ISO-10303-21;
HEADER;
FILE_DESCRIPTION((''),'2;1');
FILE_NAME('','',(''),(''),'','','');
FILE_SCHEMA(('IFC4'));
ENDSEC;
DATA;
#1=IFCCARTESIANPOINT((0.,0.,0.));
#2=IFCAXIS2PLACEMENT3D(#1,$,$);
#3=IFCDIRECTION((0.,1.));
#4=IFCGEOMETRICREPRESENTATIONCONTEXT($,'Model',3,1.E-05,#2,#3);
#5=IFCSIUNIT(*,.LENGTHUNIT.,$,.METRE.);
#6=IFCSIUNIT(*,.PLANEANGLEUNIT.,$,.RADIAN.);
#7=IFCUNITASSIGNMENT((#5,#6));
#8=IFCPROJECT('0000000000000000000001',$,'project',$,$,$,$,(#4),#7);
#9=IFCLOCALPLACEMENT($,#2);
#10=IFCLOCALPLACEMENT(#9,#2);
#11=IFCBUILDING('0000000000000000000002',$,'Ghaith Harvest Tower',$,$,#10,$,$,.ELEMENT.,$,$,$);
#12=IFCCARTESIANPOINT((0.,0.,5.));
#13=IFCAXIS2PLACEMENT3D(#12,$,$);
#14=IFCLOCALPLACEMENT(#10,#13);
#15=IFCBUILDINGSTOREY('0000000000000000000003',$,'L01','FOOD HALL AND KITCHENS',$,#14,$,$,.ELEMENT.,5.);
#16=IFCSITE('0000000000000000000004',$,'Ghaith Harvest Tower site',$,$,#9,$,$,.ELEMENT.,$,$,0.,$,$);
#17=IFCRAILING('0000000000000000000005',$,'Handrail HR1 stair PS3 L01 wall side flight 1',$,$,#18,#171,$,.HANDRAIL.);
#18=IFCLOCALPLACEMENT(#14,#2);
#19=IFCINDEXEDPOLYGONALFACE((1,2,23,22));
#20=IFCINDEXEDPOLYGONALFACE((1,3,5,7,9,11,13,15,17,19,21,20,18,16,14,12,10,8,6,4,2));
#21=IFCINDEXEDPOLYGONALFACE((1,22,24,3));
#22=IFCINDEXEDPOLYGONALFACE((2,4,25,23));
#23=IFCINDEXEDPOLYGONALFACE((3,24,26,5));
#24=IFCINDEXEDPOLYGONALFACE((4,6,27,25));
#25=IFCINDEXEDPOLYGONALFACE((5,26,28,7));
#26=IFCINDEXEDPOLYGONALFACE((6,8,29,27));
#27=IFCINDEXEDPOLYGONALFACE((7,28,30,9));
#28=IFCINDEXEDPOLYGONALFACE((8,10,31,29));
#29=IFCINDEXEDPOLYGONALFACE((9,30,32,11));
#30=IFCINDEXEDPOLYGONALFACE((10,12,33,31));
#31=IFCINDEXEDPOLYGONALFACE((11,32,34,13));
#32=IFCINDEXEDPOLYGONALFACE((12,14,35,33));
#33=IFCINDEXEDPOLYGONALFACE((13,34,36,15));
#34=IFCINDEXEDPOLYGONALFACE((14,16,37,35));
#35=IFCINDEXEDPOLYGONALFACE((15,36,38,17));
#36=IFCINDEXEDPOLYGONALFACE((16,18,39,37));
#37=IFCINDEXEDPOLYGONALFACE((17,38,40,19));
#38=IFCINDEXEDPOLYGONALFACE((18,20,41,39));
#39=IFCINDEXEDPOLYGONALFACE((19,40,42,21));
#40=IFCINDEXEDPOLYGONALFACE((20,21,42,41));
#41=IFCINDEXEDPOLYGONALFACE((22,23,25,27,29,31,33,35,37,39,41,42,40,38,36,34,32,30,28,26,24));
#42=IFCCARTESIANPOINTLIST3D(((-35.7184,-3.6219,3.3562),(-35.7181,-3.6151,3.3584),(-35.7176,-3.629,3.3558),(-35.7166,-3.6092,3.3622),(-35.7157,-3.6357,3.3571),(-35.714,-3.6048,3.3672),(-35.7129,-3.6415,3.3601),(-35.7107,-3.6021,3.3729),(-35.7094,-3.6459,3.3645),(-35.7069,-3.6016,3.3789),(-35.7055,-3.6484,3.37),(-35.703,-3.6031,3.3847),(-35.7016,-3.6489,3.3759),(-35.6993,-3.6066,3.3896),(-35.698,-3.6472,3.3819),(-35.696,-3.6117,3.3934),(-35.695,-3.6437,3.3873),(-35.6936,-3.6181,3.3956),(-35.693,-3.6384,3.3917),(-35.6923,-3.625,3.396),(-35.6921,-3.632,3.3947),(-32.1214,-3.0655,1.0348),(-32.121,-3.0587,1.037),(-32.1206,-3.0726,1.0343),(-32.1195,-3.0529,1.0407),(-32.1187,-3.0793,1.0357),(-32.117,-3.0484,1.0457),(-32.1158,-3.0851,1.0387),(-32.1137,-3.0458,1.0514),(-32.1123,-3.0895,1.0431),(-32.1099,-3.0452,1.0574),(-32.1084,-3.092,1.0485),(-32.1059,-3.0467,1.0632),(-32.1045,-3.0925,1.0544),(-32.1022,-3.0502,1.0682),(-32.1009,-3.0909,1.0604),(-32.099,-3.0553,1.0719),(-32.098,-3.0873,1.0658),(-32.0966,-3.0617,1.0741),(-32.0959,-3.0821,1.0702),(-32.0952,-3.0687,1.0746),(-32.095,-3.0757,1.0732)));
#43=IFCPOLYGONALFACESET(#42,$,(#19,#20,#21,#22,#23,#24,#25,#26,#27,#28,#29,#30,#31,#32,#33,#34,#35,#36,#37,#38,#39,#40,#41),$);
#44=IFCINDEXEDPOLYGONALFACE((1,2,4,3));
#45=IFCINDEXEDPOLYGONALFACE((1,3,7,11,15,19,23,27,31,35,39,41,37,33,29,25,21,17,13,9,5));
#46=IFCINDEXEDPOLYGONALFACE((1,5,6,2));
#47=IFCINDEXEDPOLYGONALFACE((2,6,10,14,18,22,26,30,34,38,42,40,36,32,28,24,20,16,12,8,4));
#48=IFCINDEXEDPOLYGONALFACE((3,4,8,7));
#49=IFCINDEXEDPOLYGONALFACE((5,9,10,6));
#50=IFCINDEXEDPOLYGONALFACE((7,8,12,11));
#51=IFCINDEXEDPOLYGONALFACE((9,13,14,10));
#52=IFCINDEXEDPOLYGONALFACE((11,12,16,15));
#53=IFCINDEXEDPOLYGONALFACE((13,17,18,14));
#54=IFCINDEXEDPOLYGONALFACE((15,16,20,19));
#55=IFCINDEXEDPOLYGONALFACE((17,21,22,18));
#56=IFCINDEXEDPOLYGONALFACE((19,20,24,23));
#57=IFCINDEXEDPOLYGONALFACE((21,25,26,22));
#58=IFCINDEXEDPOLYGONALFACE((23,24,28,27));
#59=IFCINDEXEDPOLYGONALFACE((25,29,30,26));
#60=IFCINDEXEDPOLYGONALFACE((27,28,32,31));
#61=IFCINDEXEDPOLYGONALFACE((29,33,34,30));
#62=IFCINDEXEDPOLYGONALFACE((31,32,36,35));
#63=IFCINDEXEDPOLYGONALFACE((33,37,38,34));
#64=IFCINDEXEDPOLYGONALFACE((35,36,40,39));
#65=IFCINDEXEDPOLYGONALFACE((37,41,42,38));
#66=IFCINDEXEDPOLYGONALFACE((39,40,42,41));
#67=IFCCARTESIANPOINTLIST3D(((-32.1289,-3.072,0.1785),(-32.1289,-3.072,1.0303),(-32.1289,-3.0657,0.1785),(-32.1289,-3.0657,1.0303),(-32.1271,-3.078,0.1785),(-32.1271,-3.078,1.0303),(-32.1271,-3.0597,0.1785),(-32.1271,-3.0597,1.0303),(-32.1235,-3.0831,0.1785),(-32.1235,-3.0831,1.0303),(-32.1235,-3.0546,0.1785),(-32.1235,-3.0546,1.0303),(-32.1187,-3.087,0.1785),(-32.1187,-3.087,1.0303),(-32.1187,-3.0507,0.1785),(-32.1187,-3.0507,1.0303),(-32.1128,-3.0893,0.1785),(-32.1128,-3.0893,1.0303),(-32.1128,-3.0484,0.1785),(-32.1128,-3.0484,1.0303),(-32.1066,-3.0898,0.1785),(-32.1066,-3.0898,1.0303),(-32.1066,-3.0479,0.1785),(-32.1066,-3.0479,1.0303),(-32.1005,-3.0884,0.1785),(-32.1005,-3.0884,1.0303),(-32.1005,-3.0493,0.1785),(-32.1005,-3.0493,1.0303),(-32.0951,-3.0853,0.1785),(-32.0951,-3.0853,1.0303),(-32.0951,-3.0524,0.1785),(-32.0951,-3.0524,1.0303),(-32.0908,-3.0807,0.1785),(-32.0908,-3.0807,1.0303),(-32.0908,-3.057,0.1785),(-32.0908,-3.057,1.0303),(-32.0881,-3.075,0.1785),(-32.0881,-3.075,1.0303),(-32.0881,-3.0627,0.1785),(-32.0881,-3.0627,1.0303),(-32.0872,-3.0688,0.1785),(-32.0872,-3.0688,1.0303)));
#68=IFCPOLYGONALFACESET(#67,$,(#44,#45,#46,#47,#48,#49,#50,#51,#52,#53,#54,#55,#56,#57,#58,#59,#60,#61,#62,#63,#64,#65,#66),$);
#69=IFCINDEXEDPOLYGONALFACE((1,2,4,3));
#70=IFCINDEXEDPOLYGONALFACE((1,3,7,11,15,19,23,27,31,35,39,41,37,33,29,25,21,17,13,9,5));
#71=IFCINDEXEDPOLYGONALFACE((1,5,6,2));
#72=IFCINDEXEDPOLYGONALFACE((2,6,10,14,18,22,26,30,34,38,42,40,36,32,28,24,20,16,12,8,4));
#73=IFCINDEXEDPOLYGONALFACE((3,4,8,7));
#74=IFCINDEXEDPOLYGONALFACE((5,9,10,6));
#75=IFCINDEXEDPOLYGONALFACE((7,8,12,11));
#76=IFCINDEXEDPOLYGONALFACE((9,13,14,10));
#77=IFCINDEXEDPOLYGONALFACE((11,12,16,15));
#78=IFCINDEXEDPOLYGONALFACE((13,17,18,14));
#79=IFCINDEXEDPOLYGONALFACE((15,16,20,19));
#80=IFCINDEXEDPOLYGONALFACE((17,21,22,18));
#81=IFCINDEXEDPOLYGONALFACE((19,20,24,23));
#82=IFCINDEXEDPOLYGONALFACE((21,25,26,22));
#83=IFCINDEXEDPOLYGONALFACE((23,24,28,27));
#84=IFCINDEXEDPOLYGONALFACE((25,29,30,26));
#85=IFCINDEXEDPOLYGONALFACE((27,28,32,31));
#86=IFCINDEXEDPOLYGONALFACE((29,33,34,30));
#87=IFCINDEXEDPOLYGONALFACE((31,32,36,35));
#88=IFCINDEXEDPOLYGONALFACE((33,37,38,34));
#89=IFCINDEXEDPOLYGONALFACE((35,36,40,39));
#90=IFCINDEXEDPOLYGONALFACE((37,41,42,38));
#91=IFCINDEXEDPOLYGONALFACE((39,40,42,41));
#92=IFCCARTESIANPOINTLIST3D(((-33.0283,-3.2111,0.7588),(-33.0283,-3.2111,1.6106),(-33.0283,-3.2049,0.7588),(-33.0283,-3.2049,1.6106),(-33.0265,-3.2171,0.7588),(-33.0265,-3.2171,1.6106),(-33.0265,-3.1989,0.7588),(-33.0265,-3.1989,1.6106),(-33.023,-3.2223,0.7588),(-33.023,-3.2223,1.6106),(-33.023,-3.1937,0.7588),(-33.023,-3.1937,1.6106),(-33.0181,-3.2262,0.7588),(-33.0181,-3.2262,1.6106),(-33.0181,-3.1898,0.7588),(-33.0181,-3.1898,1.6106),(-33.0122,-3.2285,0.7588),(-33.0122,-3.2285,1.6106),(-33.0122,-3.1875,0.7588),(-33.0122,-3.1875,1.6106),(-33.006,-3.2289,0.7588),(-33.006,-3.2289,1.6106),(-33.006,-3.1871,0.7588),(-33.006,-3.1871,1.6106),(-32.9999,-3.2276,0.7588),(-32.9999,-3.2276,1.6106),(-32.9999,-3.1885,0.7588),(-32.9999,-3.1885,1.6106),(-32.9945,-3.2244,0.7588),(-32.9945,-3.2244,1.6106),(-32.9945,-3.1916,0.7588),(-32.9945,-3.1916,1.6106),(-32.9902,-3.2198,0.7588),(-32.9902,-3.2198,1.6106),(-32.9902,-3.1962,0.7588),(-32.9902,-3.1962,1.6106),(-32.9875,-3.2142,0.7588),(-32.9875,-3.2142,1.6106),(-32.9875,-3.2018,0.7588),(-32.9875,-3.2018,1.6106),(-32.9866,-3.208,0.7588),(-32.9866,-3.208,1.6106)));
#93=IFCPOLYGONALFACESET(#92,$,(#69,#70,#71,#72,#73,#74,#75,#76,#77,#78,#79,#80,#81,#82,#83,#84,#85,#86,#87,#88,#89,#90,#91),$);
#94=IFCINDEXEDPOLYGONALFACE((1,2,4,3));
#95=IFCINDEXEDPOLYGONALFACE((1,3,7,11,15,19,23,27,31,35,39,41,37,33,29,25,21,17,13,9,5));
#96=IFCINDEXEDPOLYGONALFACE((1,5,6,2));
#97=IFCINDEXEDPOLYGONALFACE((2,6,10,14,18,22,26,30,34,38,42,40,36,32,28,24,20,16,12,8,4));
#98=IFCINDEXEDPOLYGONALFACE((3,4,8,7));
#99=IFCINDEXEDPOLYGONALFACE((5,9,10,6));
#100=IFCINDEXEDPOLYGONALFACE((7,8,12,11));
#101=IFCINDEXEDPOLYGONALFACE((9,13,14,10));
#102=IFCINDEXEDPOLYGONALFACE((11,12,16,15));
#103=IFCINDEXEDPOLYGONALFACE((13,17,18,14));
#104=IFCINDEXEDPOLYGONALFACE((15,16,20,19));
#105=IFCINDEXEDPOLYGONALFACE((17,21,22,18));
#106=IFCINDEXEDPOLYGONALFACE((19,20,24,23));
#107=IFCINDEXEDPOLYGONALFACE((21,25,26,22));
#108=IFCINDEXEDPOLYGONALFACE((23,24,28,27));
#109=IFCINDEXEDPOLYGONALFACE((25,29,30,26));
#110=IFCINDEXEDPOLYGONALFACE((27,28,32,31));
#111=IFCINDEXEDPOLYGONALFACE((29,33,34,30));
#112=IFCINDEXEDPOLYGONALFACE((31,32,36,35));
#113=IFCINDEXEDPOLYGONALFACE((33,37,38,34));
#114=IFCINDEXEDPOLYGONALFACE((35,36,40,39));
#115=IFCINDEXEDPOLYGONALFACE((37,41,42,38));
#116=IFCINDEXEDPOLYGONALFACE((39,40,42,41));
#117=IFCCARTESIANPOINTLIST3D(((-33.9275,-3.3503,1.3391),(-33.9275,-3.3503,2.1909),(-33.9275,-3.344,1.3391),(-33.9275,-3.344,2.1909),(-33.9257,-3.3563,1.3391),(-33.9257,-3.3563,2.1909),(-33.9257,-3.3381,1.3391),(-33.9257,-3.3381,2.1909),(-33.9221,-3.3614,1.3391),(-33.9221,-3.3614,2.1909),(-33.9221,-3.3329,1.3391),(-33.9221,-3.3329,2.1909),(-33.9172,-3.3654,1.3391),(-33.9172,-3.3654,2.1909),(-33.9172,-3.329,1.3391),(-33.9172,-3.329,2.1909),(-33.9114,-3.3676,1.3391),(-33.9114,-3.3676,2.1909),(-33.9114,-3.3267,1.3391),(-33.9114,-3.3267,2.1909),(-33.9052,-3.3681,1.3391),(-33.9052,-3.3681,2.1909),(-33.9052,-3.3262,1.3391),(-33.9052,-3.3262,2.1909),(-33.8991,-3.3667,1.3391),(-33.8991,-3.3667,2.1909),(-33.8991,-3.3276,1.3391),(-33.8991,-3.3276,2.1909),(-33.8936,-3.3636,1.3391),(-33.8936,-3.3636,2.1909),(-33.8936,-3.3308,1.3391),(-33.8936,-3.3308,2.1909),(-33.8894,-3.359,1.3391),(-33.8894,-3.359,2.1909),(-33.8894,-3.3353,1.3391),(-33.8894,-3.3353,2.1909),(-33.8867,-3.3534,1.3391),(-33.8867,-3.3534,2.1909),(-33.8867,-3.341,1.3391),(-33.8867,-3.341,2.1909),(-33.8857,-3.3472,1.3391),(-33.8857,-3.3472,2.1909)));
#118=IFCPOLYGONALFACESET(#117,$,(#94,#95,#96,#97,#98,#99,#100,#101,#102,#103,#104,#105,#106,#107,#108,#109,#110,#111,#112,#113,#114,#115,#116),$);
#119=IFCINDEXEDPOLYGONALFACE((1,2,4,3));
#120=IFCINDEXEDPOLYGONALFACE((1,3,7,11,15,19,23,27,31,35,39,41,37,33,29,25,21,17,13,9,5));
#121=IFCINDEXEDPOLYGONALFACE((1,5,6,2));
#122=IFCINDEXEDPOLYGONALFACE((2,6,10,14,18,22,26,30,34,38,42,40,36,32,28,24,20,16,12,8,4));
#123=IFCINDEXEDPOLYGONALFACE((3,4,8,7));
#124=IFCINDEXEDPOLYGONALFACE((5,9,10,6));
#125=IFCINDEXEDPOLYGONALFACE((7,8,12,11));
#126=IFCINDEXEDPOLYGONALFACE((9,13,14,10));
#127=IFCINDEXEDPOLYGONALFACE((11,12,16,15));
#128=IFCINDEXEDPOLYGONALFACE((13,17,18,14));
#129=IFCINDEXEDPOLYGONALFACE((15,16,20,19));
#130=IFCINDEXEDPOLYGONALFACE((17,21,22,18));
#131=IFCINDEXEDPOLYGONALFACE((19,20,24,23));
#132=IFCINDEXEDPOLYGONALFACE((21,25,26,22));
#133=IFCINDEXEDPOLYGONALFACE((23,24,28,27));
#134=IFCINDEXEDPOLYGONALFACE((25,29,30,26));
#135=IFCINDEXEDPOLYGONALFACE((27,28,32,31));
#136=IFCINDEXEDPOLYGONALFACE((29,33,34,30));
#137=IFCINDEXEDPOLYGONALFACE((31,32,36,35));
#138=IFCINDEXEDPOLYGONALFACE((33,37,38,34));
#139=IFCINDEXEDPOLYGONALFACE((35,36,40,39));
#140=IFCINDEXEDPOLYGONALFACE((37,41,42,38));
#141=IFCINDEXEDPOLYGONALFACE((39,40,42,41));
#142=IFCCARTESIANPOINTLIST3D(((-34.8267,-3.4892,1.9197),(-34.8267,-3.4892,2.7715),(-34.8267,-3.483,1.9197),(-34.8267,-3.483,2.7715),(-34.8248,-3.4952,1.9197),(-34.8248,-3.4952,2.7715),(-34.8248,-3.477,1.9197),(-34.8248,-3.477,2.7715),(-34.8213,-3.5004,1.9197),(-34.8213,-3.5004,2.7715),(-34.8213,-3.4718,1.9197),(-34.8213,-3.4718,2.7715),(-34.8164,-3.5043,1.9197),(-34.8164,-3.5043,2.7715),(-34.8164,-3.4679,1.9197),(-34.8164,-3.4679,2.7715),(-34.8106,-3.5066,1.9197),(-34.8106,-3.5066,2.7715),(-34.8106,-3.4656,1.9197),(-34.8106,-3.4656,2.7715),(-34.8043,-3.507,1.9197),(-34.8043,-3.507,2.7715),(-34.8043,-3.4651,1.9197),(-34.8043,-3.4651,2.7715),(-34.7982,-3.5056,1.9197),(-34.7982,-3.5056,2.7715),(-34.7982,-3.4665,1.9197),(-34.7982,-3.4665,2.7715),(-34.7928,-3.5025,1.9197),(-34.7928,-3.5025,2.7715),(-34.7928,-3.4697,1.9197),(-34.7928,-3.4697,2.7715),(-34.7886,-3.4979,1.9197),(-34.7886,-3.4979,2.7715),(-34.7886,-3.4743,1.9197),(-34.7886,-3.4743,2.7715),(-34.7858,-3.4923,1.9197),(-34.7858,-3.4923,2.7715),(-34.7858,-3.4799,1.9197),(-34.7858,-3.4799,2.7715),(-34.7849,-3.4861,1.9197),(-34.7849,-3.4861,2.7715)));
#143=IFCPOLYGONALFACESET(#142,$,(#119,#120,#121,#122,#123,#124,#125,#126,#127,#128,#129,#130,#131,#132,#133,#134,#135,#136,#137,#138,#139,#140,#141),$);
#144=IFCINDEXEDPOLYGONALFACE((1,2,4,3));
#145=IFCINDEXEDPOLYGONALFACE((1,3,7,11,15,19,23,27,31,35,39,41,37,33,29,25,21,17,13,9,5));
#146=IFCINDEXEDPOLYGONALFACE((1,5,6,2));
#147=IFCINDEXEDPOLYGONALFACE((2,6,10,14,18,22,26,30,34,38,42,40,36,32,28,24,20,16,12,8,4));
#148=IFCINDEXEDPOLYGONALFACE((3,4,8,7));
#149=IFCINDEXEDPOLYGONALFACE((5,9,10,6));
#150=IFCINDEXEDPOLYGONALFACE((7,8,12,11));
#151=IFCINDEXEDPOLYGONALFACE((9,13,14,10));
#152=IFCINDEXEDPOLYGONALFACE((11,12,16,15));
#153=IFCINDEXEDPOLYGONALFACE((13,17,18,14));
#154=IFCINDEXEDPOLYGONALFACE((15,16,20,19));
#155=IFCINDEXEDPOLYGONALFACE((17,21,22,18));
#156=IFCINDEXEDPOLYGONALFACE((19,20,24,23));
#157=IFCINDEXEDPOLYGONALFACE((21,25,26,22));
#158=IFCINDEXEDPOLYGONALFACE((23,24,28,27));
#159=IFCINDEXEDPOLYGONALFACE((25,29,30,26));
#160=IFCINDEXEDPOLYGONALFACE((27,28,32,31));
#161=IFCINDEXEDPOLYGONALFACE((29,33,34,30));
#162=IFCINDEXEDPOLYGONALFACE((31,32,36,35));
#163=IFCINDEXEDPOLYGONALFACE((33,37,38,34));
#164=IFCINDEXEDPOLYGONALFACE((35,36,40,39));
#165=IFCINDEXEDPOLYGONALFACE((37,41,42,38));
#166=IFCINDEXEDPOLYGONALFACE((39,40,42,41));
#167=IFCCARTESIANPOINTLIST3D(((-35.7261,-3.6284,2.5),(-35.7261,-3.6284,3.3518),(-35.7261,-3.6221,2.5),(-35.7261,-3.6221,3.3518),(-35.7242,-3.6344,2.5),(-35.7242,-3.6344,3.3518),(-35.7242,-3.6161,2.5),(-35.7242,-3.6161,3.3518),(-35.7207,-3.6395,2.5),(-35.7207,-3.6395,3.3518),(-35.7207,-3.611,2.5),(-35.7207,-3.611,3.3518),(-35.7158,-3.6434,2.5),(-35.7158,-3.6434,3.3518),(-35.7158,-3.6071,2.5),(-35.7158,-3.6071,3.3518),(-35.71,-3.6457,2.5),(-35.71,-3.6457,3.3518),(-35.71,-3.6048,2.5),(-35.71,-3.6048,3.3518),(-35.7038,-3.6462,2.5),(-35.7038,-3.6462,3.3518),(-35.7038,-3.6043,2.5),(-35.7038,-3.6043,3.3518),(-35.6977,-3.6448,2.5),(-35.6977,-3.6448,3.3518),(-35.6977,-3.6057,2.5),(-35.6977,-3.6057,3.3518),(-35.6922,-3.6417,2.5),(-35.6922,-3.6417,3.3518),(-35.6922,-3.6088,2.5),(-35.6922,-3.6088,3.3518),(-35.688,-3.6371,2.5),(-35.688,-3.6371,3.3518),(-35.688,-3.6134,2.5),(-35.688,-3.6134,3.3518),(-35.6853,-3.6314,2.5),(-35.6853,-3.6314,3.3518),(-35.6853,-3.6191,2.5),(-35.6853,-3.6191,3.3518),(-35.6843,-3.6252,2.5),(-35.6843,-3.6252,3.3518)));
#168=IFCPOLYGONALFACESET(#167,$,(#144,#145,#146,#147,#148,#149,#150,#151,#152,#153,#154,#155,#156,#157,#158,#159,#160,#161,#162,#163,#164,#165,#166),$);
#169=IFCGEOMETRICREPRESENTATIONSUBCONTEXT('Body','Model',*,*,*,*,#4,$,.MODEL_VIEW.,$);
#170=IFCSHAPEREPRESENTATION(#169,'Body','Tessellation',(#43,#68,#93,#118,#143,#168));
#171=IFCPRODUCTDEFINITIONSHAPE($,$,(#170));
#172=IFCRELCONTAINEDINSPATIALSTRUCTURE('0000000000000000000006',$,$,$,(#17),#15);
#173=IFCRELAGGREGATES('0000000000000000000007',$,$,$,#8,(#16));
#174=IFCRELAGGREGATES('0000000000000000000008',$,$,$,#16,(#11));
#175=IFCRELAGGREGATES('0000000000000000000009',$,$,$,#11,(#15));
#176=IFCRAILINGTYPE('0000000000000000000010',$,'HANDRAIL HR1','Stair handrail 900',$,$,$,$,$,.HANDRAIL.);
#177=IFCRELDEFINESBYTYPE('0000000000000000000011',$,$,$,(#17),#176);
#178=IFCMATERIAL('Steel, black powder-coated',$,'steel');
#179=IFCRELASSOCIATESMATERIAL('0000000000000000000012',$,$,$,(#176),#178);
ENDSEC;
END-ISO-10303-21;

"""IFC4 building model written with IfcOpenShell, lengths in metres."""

from ifc_helpers import new_model, si_unit, direction, frame, origin, origin_2d, place, context, subcontext, project, spatial, circle, extrude, material, type_object, element, save


model = new_model("IFC4")

# Units and contexts
model_context = context("Model", 3, precision=1e-05, world=origin(), true_north=direction((0.0, 1.0)))
body_context = subcontext(model_context, "Body", "Model", "MODEL_VIEW")
ifc_project = project(units=[si_unit("LENGTHUNIT", "METRE"), si_unit("PLANEANGLEUNIT", "RADIAN")], contexts=[model_context])

# Site, building, storey
site_placement = place(None, origin())
site = spatial("IfcSite", under=ifc_project, at=site_placement, Name="Ghaith Harvest Tower site", CompositionType="ELEMENT", RefElevation=0.0)
building_placement = place(site_placement, origin())
building = spatial("IfcBuilding", under=site, at=building_placement, Name="Ghaith Harvest Tower", CompositionType="ELEMENT")
storey_placement = place(building_placement, frame((0.0, 0.0, 5.0)))
storey = spatial("IfcBuildingStorey", under=building, at=storey_placement, Name="L01", Description="FOOD HALL AND KITCHENS", CompositionType="ELEMENT", Elevation=5.0)

# Railing
ifc_material_1 = material(Name="Steel, black powder-coated", Category="steel")
railing_type = type_object("IfcRailingType", Name="HANDRAIL HR1", Description="Stair handrail 900", PredefinedType="HANDRAIL", material=ifc_material_1)
railing_1_placement = place(storey_placement, frame((-32.1082, -3.0688, 0.1785)))
element("IfcRailing", 1, at=railing_1_placement, inside=storey, type_object=railing_type, Name="Handrail HR1 stair PS3 L01 wall side flight 1", PredefinedType="HANDRAIL", context=body_context, shape_type="SweptSolid", body=[
    extrude(circle(Radius=0.0239, at=origin_2d()), frame((0.0, 0.0, 0.876), z_axis=(-0.833207, -0.128877, 0.537733), x_axis=(0.152859, -0.988248, 0.0)), (0.0, 0.0, 1.0), 4.3171),
    extrude(circle(Radius=0.021, at=origin_2d()), origin(), (0.0, 0.0, 1.0), 0.8518),
    extrude(circle(Radius=0.021, at=origin_2d()), frame((-0.8994, -0.1392, 0.5803)), (0.0, 0.0, 1.0), 0.8518),
    extrude(circle(Radius=0.021, at=origin_2d()), frame((-1.7986, -0.2783, 1.1606)), (0.0, 0.0, 1.0), 0.8518),
    extrude(circle(Radius=0.021, at=origin_2d()), frame((-2.6978, -0.4172, 1.7412)), (0.0, 0.0, 1.0), 0.8518),
    extrude(circle(Radius=0.021, at=origin_2d()), frame((-3.5972, -0.5564, 2.3215)), (0.0, 0.0, 1.0), 0.8518),
])

save(model, "model.ifc")
